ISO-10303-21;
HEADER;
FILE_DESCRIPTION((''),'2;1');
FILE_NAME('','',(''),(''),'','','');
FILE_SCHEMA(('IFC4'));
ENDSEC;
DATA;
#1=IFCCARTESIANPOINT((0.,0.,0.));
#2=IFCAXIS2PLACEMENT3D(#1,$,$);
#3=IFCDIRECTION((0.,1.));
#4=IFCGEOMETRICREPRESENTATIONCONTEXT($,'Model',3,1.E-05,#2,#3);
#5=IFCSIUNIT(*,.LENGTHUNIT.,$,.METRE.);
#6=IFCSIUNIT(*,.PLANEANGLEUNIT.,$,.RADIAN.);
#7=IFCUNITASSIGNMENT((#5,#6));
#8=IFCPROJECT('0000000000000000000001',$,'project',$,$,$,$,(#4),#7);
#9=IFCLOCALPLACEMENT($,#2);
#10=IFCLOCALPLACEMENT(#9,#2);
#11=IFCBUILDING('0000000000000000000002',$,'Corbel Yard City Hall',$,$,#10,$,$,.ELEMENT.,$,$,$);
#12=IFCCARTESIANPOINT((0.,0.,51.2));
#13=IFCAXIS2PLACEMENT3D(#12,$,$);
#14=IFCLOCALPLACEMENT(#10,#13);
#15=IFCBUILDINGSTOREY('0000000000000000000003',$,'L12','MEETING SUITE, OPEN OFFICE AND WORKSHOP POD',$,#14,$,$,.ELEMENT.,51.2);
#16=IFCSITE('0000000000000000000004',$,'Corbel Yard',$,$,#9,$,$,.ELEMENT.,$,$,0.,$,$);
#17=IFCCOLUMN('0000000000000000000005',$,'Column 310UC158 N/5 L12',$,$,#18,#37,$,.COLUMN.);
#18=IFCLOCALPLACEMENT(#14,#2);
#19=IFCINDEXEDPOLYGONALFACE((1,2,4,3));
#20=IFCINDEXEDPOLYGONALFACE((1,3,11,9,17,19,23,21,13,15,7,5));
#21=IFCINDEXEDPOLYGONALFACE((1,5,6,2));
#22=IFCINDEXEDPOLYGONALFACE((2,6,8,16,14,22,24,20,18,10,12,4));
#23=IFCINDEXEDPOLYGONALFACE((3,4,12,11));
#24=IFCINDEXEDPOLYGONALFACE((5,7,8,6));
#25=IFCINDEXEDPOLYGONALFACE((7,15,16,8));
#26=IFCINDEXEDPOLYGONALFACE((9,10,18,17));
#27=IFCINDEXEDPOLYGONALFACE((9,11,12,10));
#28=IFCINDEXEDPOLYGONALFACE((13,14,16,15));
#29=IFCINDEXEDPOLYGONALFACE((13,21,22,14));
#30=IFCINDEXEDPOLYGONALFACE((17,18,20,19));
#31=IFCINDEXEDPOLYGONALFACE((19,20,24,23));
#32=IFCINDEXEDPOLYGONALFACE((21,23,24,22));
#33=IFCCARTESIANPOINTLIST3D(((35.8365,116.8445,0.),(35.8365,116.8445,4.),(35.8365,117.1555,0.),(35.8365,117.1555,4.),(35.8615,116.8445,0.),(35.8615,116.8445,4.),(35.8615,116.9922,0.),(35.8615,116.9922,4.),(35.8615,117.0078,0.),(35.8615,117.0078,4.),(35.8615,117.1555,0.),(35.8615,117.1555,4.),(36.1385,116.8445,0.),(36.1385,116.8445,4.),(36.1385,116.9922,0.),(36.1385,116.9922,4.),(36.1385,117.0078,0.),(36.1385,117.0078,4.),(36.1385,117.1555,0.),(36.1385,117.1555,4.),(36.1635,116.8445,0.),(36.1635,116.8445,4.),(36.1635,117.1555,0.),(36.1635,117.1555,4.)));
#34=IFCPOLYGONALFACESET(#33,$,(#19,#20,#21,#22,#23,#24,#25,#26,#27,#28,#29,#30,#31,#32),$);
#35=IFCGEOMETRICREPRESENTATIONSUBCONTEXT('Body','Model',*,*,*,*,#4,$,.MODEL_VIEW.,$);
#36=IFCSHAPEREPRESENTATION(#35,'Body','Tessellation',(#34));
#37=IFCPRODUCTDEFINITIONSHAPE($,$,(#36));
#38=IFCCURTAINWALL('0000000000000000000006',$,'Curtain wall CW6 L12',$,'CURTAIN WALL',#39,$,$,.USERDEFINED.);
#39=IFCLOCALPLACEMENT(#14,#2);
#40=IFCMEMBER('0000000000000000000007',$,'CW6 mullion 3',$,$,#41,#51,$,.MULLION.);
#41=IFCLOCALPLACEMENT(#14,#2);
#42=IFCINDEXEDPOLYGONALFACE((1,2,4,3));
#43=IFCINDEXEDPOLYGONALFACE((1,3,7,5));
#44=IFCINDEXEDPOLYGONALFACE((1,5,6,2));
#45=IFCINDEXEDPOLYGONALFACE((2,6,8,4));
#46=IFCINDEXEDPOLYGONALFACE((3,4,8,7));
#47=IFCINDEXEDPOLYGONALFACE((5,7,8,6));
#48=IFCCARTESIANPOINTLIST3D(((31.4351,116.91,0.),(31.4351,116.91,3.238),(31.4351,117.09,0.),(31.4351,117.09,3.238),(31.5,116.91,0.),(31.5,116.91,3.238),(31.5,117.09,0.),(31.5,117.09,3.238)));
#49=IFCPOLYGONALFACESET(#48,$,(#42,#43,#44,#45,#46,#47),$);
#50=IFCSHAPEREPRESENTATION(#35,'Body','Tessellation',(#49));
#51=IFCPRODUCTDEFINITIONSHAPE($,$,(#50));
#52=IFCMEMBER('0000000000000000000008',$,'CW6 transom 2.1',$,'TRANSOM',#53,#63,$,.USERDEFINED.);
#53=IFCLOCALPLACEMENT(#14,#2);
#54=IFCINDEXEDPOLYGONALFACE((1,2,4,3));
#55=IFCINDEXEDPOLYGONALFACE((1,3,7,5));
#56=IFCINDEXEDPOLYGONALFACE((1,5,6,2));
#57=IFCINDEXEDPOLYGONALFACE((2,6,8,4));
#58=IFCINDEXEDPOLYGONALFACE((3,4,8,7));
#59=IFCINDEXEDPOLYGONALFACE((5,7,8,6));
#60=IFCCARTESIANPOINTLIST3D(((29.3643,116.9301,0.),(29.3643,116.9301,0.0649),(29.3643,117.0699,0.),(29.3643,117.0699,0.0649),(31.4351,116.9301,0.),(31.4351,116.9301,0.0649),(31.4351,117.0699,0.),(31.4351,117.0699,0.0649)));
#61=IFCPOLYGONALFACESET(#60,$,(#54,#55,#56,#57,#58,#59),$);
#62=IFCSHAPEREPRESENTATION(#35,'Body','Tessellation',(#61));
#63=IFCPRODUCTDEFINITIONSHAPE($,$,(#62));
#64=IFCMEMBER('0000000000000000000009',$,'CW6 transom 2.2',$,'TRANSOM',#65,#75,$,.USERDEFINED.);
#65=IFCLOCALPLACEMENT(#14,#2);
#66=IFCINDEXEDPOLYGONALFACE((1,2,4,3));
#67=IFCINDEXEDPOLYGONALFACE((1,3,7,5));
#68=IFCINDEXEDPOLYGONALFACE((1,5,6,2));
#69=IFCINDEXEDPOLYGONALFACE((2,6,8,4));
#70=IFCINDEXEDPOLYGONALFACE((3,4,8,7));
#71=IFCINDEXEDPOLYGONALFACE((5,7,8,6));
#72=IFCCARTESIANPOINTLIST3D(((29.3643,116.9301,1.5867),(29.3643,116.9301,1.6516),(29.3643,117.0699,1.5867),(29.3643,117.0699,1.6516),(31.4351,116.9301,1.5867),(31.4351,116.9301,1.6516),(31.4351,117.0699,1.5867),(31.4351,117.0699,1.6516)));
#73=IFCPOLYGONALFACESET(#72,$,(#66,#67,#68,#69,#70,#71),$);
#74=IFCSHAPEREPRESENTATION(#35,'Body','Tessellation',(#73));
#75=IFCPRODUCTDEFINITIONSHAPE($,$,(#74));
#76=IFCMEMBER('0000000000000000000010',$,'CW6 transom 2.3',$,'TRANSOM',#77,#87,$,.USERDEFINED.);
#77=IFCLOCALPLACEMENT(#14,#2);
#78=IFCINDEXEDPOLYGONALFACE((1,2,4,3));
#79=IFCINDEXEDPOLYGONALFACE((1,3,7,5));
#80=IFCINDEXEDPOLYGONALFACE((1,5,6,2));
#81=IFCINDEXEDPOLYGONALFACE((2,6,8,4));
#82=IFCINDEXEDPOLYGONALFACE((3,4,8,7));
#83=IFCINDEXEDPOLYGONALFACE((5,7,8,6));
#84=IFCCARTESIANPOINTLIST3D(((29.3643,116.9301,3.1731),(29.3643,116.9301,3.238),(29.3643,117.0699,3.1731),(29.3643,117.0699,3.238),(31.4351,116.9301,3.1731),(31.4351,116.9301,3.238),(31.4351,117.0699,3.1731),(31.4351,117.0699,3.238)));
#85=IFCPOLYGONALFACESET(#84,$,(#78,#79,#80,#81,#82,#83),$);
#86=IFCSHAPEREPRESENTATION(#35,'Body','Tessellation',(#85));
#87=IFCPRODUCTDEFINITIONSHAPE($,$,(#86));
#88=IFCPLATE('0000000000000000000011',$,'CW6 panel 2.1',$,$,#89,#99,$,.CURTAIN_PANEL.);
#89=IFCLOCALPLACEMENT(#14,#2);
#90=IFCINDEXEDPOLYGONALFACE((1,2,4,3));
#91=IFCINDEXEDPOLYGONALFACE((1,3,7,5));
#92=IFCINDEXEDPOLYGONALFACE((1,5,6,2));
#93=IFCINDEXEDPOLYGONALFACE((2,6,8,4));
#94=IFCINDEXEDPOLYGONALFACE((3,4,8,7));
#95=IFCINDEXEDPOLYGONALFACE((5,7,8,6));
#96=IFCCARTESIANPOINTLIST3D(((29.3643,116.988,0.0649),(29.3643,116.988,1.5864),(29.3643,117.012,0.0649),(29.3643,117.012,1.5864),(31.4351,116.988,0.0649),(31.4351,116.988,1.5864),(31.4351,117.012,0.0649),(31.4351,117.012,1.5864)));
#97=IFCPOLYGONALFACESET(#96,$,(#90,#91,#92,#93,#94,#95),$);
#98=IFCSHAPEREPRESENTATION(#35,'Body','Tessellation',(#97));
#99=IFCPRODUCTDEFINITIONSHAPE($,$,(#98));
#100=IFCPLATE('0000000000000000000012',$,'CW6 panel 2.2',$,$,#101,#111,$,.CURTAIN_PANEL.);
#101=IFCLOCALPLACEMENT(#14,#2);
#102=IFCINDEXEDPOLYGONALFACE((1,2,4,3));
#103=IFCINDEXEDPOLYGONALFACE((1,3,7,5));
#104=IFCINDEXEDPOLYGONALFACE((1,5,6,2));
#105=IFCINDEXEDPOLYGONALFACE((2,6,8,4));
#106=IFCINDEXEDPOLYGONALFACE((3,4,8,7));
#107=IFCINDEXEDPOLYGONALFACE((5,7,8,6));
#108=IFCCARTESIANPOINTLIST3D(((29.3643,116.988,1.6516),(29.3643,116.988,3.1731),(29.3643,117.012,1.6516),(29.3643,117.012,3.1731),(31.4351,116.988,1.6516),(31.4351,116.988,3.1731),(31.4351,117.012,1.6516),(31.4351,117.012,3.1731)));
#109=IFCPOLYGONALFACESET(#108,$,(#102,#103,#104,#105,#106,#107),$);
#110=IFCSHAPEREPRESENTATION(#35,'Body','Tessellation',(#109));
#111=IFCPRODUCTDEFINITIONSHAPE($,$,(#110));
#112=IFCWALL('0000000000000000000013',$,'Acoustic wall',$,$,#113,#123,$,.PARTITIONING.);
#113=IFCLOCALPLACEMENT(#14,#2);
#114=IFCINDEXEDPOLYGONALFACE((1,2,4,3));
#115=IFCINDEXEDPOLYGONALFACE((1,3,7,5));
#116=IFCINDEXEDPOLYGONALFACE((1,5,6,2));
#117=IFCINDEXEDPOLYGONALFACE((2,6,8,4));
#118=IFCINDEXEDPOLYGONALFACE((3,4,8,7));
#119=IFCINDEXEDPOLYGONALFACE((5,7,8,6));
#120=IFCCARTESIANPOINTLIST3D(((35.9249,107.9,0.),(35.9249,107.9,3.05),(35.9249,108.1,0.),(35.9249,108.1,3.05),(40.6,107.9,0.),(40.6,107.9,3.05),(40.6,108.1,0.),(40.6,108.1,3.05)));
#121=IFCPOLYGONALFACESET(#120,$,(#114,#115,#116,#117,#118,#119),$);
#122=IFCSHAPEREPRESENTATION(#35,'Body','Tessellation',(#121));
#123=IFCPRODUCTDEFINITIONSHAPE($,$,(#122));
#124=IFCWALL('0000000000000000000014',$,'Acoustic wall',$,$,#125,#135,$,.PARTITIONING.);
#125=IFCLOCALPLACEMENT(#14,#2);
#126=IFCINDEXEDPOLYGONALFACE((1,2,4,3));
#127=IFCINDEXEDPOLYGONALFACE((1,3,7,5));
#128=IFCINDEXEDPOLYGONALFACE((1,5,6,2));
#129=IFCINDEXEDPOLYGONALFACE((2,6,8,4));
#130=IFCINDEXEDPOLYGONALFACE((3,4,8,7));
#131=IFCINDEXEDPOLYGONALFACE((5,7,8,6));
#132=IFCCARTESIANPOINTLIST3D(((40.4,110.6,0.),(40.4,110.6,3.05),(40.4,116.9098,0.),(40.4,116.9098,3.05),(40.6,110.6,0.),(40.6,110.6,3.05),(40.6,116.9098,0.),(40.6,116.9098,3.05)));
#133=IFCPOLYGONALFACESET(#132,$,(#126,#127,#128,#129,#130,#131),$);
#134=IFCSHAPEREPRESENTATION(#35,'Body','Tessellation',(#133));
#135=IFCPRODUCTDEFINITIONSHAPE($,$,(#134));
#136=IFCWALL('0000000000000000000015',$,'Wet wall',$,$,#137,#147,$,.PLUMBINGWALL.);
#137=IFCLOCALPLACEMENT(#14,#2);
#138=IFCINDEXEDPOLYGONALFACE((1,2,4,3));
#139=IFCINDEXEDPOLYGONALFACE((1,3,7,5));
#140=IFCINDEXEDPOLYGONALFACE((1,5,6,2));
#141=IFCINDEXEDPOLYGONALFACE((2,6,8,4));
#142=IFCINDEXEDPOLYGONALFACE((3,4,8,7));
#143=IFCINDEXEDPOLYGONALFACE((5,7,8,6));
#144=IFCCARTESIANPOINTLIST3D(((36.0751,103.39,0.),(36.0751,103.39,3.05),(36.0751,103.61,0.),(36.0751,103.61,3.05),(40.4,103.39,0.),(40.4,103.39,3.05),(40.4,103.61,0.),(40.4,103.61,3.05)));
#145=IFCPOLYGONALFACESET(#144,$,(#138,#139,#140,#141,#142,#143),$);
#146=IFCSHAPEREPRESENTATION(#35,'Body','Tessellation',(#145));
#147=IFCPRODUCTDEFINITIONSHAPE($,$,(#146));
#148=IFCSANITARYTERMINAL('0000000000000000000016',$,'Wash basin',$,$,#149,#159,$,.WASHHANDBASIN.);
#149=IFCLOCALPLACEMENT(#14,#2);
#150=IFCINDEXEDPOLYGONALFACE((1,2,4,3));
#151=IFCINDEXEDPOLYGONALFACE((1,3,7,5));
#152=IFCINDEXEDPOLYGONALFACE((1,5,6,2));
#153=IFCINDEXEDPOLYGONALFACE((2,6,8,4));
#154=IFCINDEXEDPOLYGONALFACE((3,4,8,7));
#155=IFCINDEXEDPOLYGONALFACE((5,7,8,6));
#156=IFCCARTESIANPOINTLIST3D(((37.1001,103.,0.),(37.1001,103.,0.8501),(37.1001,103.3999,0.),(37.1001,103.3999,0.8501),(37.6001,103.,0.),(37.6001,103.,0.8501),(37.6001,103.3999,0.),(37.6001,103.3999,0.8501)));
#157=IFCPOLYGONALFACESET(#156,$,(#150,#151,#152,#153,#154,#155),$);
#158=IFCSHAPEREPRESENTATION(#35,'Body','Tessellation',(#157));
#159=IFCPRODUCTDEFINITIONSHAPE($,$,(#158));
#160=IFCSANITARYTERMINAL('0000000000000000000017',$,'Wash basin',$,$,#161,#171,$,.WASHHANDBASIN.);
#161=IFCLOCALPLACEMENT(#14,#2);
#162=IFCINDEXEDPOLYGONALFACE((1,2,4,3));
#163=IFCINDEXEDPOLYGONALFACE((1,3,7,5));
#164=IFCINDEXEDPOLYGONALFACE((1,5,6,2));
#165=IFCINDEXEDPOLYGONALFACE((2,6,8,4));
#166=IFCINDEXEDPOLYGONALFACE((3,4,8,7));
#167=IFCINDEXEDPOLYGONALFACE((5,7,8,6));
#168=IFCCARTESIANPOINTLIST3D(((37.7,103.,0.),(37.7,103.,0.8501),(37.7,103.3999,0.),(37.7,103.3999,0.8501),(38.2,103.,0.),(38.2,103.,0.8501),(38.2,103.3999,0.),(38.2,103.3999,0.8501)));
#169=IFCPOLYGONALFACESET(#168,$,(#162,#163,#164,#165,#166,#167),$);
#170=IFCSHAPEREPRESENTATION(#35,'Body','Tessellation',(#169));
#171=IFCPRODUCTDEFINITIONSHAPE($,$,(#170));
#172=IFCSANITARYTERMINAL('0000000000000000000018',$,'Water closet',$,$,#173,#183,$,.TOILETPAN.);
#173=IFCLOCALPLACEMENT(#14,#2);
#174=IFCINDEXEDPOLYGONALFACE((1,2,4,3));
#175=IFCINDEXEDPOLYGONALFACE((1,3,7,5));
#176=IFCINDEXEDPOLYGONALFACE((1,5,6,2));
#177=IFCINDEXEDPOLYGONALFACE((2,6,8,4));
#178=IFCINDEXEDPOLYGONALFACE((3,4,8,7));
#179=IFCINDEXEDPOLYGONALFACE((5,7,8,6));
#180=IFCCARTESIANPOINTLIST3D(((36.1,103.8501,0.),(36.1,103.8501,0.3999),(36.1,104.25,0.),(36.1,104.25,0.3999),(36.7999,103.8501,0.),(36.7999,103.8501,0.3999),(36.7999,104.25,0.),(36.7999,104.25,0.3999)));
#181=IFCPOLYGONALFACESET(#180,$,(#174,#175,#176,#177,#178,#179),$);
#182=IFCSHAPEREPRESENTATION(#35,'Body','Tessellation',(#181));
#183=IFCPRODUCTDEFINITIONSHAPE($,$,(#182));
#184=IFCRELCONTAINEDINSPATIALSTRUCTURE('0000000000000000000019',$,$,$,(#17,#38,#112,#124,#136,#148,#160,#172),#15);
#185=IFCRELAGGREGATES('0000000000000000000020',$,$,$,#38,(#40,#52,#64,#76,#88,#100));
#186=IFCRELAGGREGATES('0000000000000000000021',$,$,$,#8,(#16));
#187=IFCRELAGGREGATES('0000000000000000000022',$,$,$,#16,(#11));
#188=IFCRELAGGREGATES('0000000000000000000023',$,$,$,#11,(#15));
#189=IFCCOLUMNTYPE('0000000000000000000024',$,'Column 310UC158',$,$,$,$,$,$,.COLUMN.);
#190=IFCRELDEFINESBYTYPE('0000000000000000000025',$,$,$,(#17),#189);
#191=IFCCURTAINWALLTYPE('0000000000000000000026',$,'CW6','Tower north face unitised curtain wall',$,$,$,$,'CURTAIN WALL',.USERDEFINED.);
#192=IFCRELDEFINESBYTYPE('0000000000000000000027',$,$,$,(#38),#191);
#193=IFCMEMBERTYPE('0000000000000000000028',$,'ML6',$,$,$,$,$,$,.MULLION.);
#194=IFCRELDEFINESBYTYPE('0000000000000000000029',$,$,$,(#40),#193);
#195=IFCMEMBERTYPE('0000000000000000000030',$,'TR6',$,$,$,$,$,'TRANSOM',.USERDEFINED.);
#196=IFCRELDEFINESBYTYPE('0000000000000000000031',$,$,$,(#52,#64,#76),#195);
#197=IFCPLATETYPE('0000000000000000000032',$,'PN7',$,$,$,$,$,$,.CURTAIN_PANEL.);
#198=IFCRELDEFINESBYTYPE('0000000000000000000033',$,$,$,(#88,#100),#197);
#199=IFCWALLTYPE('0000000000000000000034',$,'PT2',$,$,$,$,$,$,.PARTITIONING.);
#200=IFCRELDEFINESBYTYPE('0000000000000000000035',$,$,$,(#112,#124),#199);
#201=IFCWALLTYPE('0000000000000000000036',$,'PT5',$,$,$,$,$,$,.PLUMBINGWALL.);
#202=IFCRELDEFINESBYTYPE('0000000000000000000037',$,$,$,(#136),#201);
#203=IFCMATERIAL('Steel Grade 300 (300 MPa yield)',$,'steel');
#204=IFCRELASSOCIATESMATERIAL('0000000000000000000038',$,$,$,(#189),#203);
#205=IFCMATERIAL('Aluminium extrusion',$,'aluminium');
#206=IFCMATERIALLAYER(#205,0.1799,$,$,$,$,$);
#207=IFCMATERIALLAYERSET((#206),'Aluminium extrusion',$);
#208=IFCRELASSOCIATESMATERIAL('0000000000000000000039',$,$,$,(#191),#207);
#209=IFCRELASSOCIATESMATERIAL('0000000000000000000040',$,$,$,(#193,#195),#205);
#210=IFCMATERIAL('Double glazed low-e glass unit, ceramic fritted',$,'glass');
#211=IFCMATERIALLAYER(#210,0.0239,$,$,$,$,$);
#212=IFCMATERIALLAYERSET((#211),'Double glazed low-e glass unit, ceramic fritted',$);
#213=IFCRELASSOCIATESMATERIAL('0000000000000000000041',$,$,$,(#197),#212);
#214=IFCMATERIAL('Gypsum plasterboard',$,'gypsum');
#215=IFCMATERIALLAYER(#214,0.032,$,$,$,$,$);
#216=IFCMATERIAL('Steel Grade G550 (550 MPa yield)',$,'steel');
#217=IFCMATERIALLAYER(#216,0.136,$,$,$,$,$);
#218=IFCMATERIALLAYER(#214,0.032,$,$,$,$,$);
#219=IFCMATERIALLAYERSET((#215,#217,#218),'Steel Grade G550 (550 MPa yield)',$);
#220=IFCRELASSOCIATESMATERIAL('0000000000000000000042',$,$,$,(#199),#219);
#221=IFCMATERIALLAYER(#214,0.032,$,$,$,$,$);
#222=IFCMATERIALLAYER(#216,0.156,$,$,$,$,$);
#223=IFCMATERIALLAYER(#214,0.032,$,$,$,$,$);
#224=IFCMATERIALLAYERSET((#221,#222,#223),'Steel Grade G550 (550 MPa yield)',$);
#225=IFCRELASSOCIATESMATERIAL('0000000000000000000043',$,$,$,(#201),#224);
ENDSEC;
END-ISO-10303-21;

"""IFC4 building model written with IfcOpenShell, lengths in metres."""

from ifc_helpers import new_model, si_unit, direction, frame, frame_2d, origin, origin_2d, place, context, subcontext, project, spatial, rectangle, i_section, extrude, material, layer, layer_set, material_profile, profile_set, type_object, element, aggregate, save


model = new_model("IFC4")

# Units and contexts
model_context = context("Model", 3, precision=1e-05, world=origin(), true_north=direction((0.0, 1.0)))
body_context = subcontext(model_context, "Body", "Model", "MODEL_VIEW")
ifc_project = project(units=[si_unit("LENGTHUNIT", "METRE"), si_unit("PLANEANGLEUNIT", "RADIAN")], contexts=[model_context])

# Site, building, storey
site_placement = place(None, origin())
site = spatial("IfcSite", under=ifc_project, at=site_placement, Name="Corbel Yard", CompositionType="ELEMENT", RefElevation=0.0)
building_placement = place(site_placement, origin())
building = spatial("IfcBuilding", under=site, at=building_placement, Name="Corbel Yard City Hall", CompositionType="ELEMENT")
storey_placement = place(building_placement, frame((0.0, 0.0, 51.2)))
storey = spatial("IfcBuildingStorey", under=building, at=storey_placement, Name="L12", Description="MEETING SUITE, OPEN OFFICE AND WORKSHOP POD", CompositionType="ELEMENT", Elevation=51.2)

# Column
ifc_material_1 = material(Name="Steel Grade 300 (300 MPa yield)", Category="steel")
ifc_material_profile_1 = material_profile(ifc_material_1, i_section(OverallWidth=0.311, OverallDepth=0.3269, WebThickness=0.0156, FlangeThickness=0.0249, at=origin_2d()), Name="310UC158")
ifc_profile_set_1 = profile_set([ifc_material_profile_1], Name="Steel Grade 300 (300 MPa yield)")
column_type = type_object("IfcColumnType", Name="Column 310UC158", PredefinedType="COLUMN", material=ifc_profile_set_1)
column_placement = place(storey_placement, frame((36.0, 117.0, 0.0), z_axis=(0.0, 0.0, 1.0), x_axis=(0.0, 1.0, 0.0)))
element("IfcColumn", 1, at=column_placement, inside=storey, type_object=column_type, Name="Column 310UC158 N/5 L12", PredefinedType="COLUMN", context=body_context, shape_type="SweptSolid", body=[
    extrude(i_section(OverallWidth=0.311, OverallDepth=0.3269, WebThickness=0.0156, FlangeThickness=0.0249, at=origin_2d()), origin(), (0.0, 0.0, 1.0), 4.0),
])

# Curtain wall, members, plates
ifc_material_2 = material(Name="Aluminium extrusion", Category="aluminium")
ifc_layer_1 = layer(ifc_material_2, 0.1799)
ifc_layer_set_1 = layer_set([ifc_layer_1], Name="Aluminium extrusion")
curtain_wall_type = type_object("IfcCurtainWallType", Name="CW6", Description="Tower north face unitised curtain wall", ElementType="CURTAIN WALL", PredefinedType="USERDEFINED", material=ifc_layer_set_1)
curtain_wall_placement = place(storey_placement, origin())
curtain_wall = element("IfcCurtainWall", 2, at=curtain_wall_placement, inside=storey, type_object=curtain_wall_type, Name="Curtain wall CW6 L12", ObjectType="CURTAIN WALL", PredefinedType="USERDEFINED")
ifc_material_profile_2 = material_profile(ifc_material_2, rectangle(XDim=0.1799, YDim=0.0649, at=origin_2d()), Name="180x65")
ifc_profile_set_2 = profile_set([ifc_material_profile_2], Name="Aluminium extrusion")
member_type_1 = type_object("IfcMemberType", Name="ML6", PredefinedType="MULLION", material=ifc_profile_set_2)
member_1_placement = place(storey_placement, frame((31.4675, 117.0, 0.0), z_axis=(0.0, 0.0, 1.0), x_axis=(0.0, 1.0, 0.0)))
member_1 = element("IfcMember", 3, at=member_1_placement, type_object=member_type_1, Name="CW6 mullion 3", PredefinedType="MULLION", context=body_context, shape_type="SweptSolid", body=[
    extrude(rectangle(XDim=0.1799, YDim=0.0649, at=origin_2d()), origin(), (0.0, 0.0, 1.0), 3.238),
])
ifc_material_profile_3 = material_profile(ifc_material_2, rectangle(XDim=0.1399, YDim=0.0649, at=origin_2d()), Name="140x65")
ifc_profile_set_3 = profile_set([ifc_material_profile_3], Name="Aluminium extrusion")
member_type_2 = type_object("IfcMemberType", Name="TR6", ElementType="TRANSOM", PredefinedType="USERDEFINED", material=ifc_profile_set_3)
member_2_placement = place(storey_placement, frame((29.3643, 117.0, 0.0325), z_axis=(1.0, 0.0, 0.0), x_axis=(0.0, 1.0, 0.0)))
member_2 = element("IfcMember", 4, at=member_2_placement, type_object=member_type_2, Name="CW6 transom 2.1", ObjectType="TRANSOM", PredefinedType="USERDEFINED", context=body_context, shape_type="SweptSolid", body=[
    extrude(rectangle(XDim=0.1399, YDim=0.0649, at=origin_2d()), origin(), (0.0, 0.0, 1.0), 2.0708),
])
member_3_placement = place(storey_placement, frame((29.3643, 117.0, 1.6191), z_axis=(1.0, 0.0, 0.0), x_axis=(0.0, 1.0, 0.0)))
member_3 = element("IfcMember", 5, at=member_3_placement, type_object=member_type_2, Name="CW6 transom 2.2", ObjectType="TRANSOM", PredefinedType="USERDEFINED", context=body_context, shape_type="SweptSolid", body=[
    extrude(rectangle(XDim=0.1399, YDim=0.0649, at=origin_2d()), origin(), (0.0, 0.0, 1.0), 2.0708),
])
member_4_placement = place(storey_placement, frame((29.3643, 117.0, 3.2056), z_axis=(1.0, 0.0, 0.0), x_axis=(0.0, 1.0, 0.0)))
member_4 = element("IfcMember", 6, at=member_4_placement, type_object=member_type_2, Name="CW6 transom 2.3", ObjectType="TRANSOM", PredefinedType="USERDEFINED", context=body_context, shape_type="SweptSolid", body=[
    extrude(rectangle(XDim=0.1399, YDim=0.0649, at=origin_2d()), origin(), (0.0, 0.0, 1.0), 2.0708),
])
ifc_material_3 = material(Name="Double glazed low-e glass unit, ceramic fritted", Category="glass")
ifc_layer_2 = layer(ifc_material_3, 0.0239)
ifc_layer_set_2 = layer_set([ifc_layer_2], Name="Double glazed low-e glass unit, ceramic fritted")
plate_type = type_object("IfcPlateType", Name="PN7", PredefinedType="CURTAIN_PANEL", material=ifc_layer_set_2)
plate_1_placement = place(storey_placement, frame((30.3997, 117.0, 0.0649), z_axis=(0.0, 0.0, 1.0), x_axis=(1.0, 0.0, 0.0)))
plate_1 = element("IfcPlate", 7, at=plate_1_placement, type_object=plate_type, Name="CW6 panel 2.1", PredefinedType="CURTAIN_PANEL", context=body_context, shape_type="SweptSolid", body=[
    extrude(rectangle(XDim=2.0708, YDim=0.0239, at=origin_2d()), origin(), (0.0, 0.0, 1.0), 1.5215),
])
plate_2_placement = place(storey_placement, frame((30.3997, 117.0, 1.6516), z_axis=(0.0, 0.0, 1.0), x_axis=(1.0, 0.0, 0.0)))
plate_2 = element("IfcPlate", 8, at=plate_2_placement, type_object=plate_type, Name="CW6 panel 2.2", PredefinedType="CURTAIN_PANEL", context=body_context, shape_type="SweptSolid", body=[
    extrude(rectangle(XDim=2.0708, YDim=0.0239, at=origin_2d()), origin(), (0.0, 0.0, 1.0), 1.5215),
])
aggregate(curtain_wall, [member_1, member_2, member_3, member_4, plate_1, plate_2])

# Walls
ifc_material_4 = material(Name="Gypsum plasterboard", Category="gypsum")
ifc_layer_3 = layer(ifc_material_4, 0.032)
ifc_material_5 = material(Name="Steel Grade G550 (550 MPa yield)", Category="steel")
ifc_layer_4 = layer(ifc_material_5, 0.136)
ifc_layer_5 = layer(ifc_material_4, 0.032)
ifc_layer_set_3 = layer_set([ifc_layer_3, ifc_layer_4, ifc_layer_5], Name="Steel Grade G550 (550 MPa yield)")
wall_type_1 = type_object("IfcWallType", Name="PT2", PredefinedType="PARTITIONING", material=ifc_layer_set_3)
wall_1_placement = place(storey_placement, frame((35.925, 108.0, 0.0), z_axis=(0.0, 0.0, 1.0), x_axis=(1.0, 0.0, 0.0)))
element("IfcWall", 9, at=wall_1_placement, inside=storey, type_object=wall_type_1, Name="Acoustic wall", PredefinedType="PARTITIONING", context=body_context, shape_type="SweptSolid", body=[
    extrude(rectangle(XDim=4.675, YDim=0.2, at=frame_2d((2.3374, 0.0))), origin(), (0.0, 0.0, 1.0), 3.05),
])
wall_2_placement = place(storey_placement, frame((40.5, 110.6001, 0.0), z_axis=(0.0, 0.0, 1.0), x_axis=(0.0, 1.0, 0.0)))
element("IfcWall", 10, at=wall_2_placement, inside=storey, type_object=wall_type_1, Name="Acoustic wall", PredefinedType="PARTITIONING", context=body_context, shape_type="SweptSolid", body=[
    extrude(rectangle(XDim=6.3098, YDim=0.2, at=frame_2d((3.1548, 0.0))), origin(), (0.0, 0.0, 1.0), 3.05),
])
ifc_layer_6 = layer(ifc_material_4, 0.032)
ifc_layer_7 = layer(ifc_material_5, 0.156)
ifc_layer_8 = layer(ifc_material_4, 0.032)
ifc_layer_set_4 = layer_set([ifc_layer_6, ifc_layer_7, ifc_layer_8], Name="Steel Grade G550 (550 MPa yield)")
wall_type_2 = type_object("IfcWallType", Name="PT5", PredefinedType="PLUMBINGWALL", material=ifc_layer_set_4)
wall_3_placement = place(storey_placement, frame((36.075, 103.5, 0.0), z_axis=(0.0, 0.0, 1.0), x_axis=(1.0, 0.0, 0.0)))
element("IfcWall", 11, at=wall_3_placement, inside=storey, type_object=wall_type_2, Name="Wet wall", PredefinedType="PLUMBINGWALL", context=body_context, shape_type="SweptSolid", body=[
    extrude(rectangle(XDim=4.325, YDim=0.22, at=frame_2d((2.1626, 0.0))), origin(), (0.0, 0.0, 1.0), 3.05),
])

# Sanitary terminals
for number, where, z_axis, x_axis, name in (
    (12, (37.3501, 103.2, 0.0), (0.0, 0.0, 1.0), (1.0, 0.0, 0.0), "Wash basin"),
    (13, (37.95, 103.2, 0.0), (0.0, 0.0, 1.0), (1.0, 0.0, 0.0), "Wash basin"),
):
    element("IfcSanitaryTerminal", number, at=place(storey_placement, frame(where, z_axis=z_axis, x_axis=x_axis)), inside=storey, Name=name, PredefinedType="WASHHANDBASIN", context=body_context, shape_type="SweptSolid", body=[
        extrude(rectangle(XDim=0.5, YDim=0.3999, at=origin_2d()), origin(), (0.0, 0.0, 1.0), 0.8501),
    ])
for number, where, z_axis, x_axis, name in (
    (14, (36.45, 104.05, 0.0), (0.0, 0.0, 1.0), (1.0, 0.0, 0.0), "Water closet"),
):
    element("IfcSanitaryTerminal", number, at=place(storey_placement, frame(where, z_axis=z_axis, x_axis=x_axis)), inside=storey, Name=name, PredefinedType="TOILETPAN", context=body_context, shape_type="SweptSolid", body=[
        extrude(rectangle(XDim=0.7, YDim=0.3999, at=origin_2d()), origin(), (0.0, 0.0, 1.0), 0.3999),
    ])

save(model, "model.ifc")
